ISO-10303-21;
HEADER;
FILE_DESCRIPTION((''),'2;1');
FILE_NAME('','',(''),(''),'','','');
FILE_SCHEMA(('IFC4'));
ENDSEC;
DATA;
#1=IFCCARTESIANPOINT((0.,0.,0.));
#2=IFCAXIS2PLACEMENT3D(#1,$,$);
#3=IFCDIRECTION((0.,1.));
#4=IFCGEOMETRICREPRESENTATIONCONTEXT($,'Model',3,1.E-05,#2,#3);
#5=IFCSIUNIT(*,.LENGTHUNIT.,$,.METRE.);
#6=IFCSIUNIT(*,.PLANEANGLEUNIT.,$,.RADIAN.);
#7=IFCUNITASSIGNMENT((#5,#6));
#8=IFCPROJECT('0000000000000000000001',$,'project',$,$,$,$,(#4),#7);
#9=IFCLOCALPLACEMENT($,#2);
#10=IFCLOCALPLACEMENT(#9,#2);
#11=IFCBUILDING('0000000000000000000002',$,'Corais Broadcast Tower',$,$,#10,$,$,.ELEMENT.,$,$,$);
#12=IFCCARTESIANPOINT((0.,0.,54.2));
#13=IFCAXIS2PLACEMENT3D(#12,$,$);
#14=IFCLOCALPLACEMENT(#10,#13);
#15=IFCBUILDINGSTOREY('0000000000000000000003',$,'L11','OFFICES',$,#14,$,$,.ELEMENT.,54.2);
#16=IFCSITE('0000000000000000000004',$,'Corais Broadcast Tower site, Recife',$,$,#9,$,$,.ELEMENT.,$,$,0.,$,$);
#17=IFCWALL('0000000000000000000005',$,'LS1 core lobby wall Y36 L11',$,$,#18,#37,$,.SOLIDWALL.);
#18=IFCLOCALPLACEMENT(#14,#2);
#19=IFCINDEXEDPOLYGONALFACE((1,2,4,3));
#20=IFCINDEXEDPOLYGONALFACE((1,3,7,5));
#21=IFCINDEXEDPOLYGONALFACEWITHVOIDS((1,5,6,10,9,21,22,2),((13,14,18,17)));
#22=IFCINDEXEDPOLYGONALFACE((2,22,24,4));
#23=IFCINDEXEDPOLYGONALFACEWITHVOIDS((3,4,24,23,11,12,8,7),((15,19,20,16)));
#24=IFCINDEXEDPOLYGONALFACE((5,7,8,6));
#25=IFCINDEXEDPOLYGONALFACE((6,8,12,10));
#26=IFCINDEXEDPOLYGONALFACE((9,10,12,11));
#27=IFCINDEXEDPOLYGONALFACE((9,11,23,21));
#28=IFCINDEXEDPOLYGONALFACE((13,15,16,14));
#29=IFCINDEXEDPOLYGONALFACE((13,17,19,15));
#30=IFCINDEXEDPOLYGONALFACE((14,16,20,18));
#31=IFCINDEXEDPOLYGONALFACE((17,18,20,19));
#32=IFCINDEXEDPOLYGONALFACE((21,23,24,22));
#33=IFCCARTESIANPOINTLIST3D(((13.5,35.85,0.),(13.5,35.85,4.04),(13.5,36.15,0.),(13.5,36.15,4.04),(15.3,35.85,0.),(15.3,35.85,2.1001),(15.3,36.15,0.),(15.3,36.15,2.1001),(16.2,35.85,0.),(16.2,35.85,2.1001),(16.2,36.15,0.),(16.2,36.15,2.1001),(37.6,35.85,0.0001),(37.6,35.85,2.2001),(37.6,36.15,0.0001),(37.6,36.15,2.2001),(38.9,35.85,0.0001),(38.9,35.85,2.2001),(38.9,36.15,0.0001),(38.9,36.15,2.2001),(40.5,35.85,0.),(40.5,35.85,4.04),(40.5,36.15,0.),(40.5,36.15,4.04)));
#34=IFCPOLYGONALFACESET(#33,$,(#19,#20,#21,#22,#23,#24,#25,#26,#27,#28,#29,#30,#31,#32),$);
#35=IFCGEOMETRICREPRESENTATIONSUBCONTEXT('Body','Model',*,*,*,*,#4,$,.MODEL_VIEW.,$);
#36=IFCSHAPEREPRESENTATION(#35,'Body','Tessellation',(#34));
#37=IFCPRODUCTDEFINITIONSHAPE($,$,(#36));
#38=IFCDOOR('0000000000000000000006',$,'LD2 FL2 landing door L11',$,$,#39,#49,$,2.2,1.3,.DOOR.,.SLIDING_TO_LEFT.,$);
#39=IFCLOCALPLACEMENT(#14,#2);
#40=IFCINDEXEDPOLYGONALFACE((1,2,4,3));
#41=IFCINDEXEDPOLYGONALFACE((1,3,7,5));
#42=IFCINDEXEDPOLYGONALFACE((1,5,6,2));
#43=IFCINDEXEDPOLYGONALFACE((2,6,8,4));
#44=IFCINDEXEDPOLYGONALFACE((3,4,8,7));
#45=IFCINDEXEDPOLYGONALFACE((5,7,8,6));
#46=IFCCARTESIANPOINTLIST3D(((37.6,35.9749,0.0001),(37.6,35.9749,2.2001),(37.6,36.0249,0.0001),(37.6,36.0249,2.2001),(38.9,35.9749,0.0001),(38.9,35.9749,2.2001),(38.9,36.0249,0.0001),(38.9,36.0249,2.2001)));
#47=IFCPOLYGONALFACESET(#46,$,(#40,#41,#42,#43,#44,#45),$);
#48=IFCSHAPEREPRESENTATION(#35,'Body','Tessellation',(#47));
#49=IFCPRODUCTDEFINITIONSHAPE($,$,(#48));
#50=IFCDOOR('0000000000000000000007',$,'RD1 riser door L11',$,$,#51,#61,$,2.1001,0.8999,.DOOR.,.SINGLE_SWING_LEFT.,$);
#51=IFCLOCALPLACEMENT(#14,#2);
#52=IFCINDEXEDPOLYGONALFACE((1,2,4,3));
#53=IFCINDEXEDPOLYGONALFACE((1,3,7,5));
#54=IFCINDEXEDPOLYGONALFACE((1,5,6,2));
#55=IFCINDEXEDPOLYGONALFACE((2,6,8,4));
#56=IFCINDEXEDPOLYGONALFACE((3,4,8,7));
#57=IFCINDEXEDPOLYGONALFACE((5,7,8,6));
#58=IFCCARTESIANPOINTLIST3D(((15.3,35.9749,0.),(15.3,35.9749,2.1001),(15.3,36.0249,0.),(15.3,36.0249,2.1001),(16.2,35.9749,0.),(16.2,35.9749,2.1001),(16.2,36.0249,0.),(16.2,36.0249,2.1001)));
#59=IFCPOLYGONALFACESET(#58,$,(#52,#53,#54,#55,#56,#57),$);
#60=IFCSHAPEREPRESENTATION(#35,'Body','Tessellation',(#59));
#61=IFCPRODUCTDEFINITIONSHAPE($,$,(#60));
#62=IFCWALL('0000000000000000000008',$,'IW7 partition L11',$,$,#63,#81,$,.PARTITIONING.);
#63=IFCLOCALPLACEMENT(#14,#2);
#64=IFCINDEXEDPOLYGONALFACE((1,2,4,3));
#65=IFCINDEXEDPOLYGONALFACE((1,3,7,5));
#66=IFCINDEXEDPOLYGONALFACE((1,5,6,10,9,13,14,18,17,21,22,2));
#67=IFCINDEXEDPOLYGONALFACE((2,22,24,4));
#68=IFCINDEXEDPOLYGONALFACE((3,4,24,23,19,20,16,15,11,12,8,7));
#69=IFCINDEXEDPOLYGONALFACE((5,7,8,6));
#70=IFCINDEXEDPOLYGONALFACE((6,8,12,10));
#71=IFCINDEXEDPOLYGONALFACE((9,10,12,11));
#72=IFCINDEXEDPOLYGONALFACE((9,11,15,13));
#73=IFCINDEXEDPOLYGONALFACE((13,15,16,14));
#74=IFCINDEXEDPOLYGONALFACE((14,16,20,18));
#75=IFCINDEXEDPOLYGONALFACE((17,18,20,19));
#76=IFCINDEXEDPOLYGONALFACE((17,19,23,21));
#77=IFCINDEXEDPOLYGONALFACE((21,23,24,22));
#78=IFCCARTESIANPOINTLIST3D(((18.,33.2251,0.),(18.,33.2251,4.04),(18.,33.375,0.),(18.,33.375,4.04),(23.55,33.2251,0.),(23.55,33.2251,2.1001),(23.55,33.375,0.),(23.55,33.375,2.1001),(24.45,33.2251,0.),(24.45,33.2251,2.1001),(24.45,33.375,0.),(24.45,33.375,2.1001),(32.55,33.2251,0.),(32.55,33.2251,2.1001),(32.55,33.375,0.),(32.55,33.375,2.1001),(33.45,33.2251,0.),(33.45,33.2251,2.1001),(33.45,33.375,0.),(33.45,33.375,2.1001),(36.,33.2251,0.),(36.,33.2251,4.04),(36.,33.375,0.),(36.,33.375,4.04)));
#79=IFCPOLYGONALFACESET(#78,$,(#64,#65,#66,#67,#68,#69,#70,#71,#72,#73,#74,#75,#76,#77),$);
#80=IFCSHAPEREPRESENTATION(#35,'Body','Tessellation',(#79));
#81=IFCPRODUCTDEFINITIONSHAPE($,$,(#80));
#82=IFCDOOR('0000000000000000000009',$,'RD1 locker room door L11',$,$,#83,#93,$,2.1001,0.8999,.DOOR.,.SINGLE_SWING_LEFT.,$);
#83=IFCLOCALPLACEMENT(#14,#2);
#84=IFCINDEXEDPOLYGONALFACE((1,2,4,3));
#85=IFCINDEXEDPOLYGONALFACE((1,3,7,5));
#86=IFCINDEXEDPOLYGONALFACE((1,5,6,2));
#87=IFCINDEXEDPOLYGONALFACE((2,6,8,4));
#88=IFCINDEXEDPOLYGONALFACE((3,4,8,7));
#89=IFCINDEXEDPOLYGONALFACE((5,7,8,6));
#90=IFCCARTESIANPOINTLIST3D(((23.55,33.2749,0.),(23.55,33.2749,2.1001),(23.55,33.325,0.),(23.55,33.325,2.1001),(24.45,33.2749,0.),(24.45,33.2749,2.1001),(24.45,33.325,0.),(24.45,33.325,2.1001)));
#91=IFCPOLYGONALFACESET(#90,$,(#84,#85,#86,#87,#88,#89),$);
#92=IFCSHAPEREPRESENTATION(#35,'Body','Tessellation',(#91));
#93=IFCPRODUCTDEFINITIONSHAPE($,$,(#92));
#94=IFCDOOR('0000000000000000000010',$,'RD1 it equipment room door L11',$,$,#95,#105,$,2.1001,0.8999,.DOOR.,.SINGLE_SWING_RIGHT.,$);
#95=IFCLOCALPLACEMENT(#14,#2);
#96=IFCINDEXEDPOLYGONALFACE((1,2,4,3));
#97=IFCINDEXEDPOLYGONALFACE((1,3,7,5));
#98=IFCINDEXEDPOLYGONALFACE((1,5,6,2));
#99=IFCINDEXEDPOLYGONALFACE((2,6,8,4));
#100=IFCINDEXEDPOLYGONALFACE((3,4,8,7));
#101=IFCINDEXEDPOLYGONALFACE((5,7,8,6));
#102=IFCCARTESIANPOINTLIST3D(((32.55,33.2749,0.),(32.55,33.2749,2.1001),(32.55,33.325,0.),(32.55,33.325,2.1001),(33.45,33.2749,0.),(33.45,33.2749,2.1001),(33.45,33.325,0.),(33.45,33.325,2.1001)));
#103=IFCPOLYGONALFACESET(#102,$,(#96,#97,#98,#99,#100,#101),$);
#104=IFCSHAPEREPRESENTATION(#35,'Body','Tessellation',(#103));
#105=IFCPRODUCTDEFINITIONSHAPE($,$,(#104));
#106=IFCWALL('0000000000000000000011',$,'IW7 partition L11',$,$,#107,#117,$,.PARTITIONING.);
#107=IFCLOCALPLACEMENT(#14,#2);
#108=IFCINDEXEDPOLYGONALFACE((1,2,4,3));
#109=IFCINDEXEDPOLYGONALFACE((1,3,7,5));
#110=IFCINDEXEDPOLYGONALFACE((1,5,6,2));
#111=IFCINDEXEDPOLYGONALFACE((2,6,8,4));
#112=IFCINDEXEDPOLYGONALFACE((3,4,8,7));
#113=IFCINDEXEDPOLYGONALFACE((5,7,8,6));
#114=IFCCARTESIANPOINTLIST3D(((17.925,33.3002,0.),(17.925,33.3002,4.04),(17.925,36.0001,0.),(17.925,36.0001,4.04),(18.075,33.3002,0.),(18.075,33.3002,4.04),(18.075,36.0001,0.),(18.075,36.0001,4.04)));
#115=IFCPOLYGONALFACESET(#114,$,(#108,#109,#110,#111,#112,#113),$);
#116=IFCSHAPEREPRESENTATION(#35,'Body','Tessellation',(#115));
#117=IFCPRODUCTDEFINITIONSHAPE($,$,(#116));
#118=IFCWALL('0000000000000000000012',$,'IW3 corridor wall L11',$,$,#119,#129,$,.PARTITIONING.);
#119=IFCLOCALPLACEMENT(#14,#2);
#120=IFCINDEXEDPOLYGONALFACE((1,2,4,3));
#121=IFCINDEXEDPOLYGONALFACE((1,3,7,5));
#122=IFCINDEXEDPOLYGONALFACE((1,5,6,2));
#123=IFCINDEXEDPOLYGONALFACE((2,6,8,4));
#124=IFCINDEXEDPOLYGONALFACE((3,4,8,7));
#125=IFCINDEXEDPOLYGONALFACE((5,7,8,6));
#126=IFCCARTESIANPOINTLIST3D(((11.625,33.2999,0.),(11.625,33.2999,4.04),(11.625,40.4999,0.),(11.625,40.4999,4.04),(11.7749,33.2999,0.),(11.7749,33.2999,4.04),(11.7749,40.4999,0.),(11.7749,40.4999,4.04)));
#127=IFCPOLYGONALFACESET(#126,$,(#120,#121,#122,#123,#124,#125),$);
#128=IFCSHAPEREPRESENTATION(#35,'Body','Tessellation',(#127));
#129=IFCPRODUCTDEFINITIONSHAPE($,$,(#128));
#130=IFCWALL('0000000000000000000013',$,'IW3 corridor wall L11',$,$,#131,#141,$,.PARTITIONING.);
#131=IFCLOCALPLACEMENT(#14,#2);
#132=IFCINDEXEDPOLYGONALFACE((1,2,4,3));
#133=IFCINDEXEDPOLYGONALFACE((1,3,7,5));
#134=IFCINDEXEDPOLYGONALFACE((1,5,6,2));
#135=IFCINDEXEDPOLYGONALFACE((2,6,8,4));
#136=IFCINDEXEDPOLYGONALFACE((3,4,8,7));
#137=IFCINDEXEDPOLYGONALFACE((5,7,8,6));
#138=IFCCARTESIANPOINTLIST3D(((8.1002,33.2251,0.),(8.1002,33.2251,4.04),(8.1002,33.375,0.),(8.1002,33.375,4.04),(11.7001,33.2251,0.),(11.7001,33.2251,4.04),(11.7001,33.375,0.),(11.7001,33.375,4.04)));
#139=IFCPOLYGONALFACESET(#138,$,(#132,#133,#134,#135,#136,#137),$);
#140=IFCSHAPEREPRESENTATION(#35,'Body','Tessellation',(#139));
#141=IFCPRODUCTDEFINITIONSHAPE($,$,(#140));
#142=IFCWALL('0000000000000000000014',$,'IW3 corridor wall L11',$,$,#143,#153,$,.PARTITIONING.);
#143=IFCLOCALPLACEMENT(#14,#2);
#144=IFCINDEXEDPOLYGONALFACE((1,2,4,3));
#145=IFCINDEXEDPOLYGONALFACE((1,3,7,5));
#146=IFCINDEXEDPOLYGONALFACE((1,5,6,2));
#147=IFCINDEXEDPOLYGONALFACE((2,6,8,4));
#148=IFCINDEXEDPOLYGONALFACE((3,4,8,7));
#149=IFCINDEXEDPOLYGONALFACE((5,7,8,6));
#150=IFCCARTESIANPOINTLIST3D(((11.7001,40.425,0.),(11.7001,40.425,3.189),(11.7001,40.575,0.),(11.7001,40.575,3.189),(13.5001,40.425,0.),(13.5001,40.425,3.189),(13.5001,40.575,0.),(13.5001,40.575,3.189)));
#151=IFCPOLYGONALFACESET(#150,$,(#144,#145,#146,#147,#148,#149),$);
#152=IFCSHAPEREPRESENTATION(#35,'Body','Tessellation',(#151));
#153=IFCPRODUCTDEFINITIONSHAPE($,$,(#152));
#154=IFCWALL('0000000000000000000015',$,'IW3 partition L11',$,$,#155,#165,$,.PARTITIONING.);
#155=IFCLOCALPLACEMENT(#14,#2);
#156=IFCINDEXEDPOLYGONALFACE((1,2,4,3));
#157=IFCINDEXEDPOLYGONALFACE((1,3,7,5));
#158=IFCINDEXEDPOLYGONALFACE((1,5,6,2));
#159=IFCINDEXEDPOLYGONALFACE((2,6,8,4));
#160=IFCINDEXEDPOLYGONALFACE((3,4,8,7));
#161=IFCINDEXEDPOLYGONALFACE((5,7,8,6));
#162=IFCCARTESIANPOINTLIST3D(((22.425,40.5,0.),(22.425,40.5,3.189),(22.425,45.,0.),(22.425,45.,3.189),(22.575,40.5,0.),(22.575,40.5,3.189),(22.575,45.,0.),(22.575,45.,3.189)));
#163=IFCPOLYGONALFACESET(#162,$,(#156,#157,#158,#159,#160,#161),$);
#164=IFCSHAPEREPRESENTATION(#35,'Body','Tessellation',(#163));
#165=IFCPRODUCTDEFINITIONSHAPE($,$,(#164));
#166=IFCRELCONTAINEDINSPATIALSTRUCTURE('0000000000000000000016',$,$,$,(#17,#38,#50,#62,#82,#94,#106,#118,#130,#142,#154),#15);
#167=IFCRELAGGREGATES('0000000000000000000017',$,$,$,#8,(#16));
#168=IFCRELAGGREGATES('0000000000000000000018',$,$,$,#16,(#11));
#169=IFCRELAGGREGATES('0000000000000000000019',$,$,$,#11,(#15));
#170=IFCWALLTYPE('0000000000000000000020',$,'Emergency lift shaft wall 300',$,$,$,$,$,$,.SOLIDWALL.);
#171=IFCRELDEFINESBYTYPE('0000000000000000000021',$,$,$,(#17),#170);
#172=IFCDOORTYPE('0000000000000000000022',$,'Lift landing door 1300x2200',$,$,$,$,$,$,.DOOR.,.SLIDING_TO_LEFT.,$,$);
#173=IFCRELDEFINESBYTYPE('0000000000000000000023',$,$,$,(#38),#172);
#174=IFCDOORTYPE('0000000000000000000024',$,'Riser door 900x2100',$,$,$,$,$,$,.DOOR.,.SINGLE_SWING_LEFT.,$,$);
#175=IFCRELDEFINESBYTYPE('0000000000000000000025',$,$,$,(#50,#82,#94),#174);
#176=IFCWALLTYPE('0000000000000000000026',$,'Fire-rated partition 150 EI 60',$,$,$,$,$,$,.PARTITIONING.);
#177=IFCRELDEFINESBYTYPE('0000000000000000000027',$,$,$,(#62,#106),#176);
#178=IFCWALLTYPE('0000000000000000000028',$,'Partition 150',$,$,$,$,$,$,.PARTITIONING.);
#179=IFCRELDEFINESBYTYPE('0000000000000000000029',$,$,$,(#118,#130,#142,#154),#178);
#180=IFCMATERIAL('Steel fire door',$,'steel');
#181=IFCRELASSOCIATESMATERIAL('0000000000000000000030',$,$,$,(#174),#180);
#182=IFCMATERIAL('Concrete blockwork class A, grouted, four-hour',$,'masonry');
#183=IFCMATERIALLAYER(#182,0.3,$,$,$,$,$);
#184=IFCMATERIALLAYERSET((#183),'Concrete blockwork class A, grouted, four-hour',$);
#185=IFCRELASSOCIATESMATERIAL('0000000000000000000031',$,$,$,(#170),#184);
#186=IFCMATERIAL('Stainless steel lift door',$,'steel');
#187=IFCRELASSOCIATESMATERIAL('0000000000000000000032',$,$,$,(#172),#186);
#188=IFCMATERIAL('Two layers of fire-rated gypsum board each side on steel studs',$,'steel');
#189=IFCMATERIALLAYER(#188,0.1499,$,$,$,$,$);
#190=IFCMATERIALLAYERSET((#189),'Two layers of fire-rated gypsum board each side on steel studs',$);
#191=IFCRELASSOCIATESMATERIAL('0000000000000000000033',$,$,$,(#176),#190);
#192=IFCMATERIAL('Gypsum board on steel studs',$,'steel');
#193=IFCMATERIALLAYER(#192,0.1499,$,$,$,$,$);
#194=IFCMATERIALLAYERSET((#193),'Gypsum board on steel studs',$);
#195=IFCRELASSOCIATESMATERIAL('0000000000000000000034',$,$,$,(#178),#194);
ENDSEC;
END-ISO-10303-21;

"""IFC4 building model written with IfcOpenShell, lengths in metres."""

from ifc_helpers import new_model, si_unit, direction, frame, frame_2d, origin, place, context, subcontext, project, spatial, rectangle, extrude, material, layer, layer_set, type_object, element, fill, save


model = new_model("IFC4")

# Units and contexts
model_context = context("Model", 3, precision=1e-05, world=origin(), true_north=direction((0.0, 1.0)))
body_context = subcontext(model_context, "Body", "Model", "MODEL_VIEW")
ifc_project = project(units=[si_unit("LENGTHUNIT", "METRE"), si_unit("PLANEANGLEUNIT", "RADIAN")], contexts=[model_context])

# Site, building, storey
site_placement = place(None, origin())
site = spatial("IfcSite", under=ifc_project, at=site_placement, Name="Corais Broadcast Tower site, Recife", CompositionType="ELEMENT", RefElevation=0.0)
building_placement = place(site_placement, origin())
building = spatial("IfcBuilding", under=site, at=building_placement, Name="Corais Broadcast Tower", CompositionType="ELEMENT")
storey_placement = place(building_placement, frame((0.0, 0.0, 54.2)))
storey = spatial("IfcBuildingStorey", under=building, at=storey_placement, Name="L11", Description="OFFICES", CompositionType="ELEMENT", Elevation=54.2)

# Walls, openings, doors
ifc_material_1 = material(Name="Steel fire door", Category="steel")
door_type_1 = type_object("IfcDoorType", Name="Riser door 900x2100", OperationType="SINGLE_SWING_LEFT", PredefinedType="DOOR", material=ifc_material_1)
ifc_material_2 = material(Name="Concrete blockwork class A, grouted, four-hour", Category="masonry")
ifc_layer_1 = layer(ifc_material_2, 0.3)
ifc_layer_set_1 = layer_set([ifc_layer_1], Name="Concrete blockwork class A, grouted, four-hour")
wall_type_1 = type_object("IfcWallType", Name="Emergency lift shaft wall 300", PredefinedType="SOLIDWALL", material=ifc_layer_set_1)
wall_1_placement = place(storey_placement, frame((13.5, 36.0, 0.0), z_axis=(0.0, 0.0, 1.0), x_axis=(1.0, 0.0, 0.0)))
wall_1 = element("IfcWall", 1, at=wall_1_placement, inside=storey, type_object=wall_type_1, Name="LS1 core lobby wall Y36 L11", PredefinedType="SOLIDWALL", context=body_context, shape_type="SweptSolid", body=[
    extrude(rectangle(XDim=27.0, YDim=0.3, at=frame_2d((13.5, 0.0))), origin(), (0.0, 0.0, 1.0), 4.04),
])
opening_1_placement = place(wall_1_placement, frame((1.8, 0.0, 0.0)))
opening_1 = element("IfcOpeningElement", 2, at=opening_1_placement, cuts=wall_1, PredefinedType="OPENING", context=body_context, shape_type="SweptSolid", body=[
    extrude(rectangle(XDim=0.8999, YDim=2.1001, at=frame_2d((0.45, 1.05))), frame((0.0, 0.1599, 0.0), z_axis=(0.0, -1.0, 0.0), x_axis=(1.0, 0.0, 0.0)), (0.0, 0.0, 1.0), 0.3201),
])
opening_2_placement = place(wall_1_placement, frame((24.1001, 0.0, 0.0)))
opening_2 = element("IfcOpeningElement", 3, at=opening_2_placement, cuts=wall_1, PredefinedType="OPENING", context=body_context, shape_type="SweptSolid", body=[
    extrude(rectangle(XDim=1.3, YDim=2.2, at=frame_2d((0.6499, 1.1001))), frame((0.0, 0.1599, 0.0), z_axis=(0.0, -1.0, 0.0), x_axis=(1.0, 0.0, 0.0)), (0.0, 0.0, 1.0), 0.3201),
])
ifc_material_3 = material(Name="Stainless steel lift door", Category="steel")
door_type_2 = type_object("IfcDoorType", Name="Lift landing door 1300x2200", OperationType="SLIDING_TO_LEFT", PredefinedType="DOOR", material=ifc_material_3)
door_1_placement = place(opening_2_placement, origin())
door_1 = element("IfcDoor", 4, at=door_1_placement, inside=storey, type_object=door_type_2, Name="LD2 FL2 landing door L11", OperationType="SLIDING_TO_LEFT", OverallHeight=2.2, OverallWidth=1.3, PredefinedType="DOOR", context=body_context, shape_type="SweptSolid", body=[
    extrude(rectangle(XDim=1.3, YDim=2.2, at=frame_2d((0.6499, 1.1001))), frame((0.0, 0.0249, 0.0), z_axis=(0.0, -1.0, 0.0), x_axis=(1.0, 0.0, 0.0)), (0.0, 0.0, 1.0), 0.05),
])
fill(opening_2, door_1)
door_2_placement = place(opening_1_placement, origin())
door_2 = element("IfcDoor", 5, at=door_2_placement, inside=storey, type_object=door_type_1, Name="RD1 riser door L11", OperationType="SINGLE_SWING_LEFT", OverallHeight=2.1001, OverallWidth=0.8999, PredefinedType="DOOR", context=body_context, shape_type="SweptSolid", body=[
    extrude(rectangle(XDim=0.8999, YDim=2.1001, at=frame_2d((0.45, 1.05))), frame((0.0, 0.0249, 0.0), z_axis=(0.0, -1.0, 0.0), x_axis=(1.0, 0.0, 0.0)), (0.0, 0.0, 1.0), 0.05),
])
fill(opening_1, door_2)
ifc_material_4 = material(Name="Two layers of fire-rated gypsum board each side on steel studs", Category="steel")
ifc_layer_2 = layer(ifc_material_4, 0.1499)
ifc_layer_set_2 = layer_set([ifc_layer_2], Name="Two layers of fire-rated gypsum board each side on steel studs")
wall_type_2 = type_object("IfcWallType", Name="Fire-rated partition 150 EI 60", PredefinedType="PARTITIONING", material=ifc_layer_set_2)
wall_2_placement = place(storey_placement, frame((18.0, 33.3, 0.0), z_axis=(0.0, 0.0, 1.0), x_axis=(1.0, 0.0, 0.0)))
wall_2 = element("IfcWall", 6, at=wall_2_placement, inside=storey, type_object=wall_type_2, Name="IW7 partition L11", PredefinedType="PARTITIONING", context=body_context, shape_type="SweptSolid", body=[
    extrude(rectangle(XDim=18.0, YDim=0.1499, at=frame_2d((9.0, 0.0))), origin(), (0.0, 0.0, 1.0), 4.04),
])
opening_3_placement = place(wall_2_placement, frame((5.55, 0.0, 0.0)))
opening_3 = element("IfcOpeningElement", 7, at=opening_3_placement, cuts=wall_2, PredefinedType="OPENING", context=body_context, shape_type="SweptSolid", body=[
    extrude(rectangle(XDim=0.8999, YDim=2.1001, at=frame_2d((0.45, 1.05))), frame((0.0, 0.085, 0.0), z_axis=(0.0, -1.0, 0.0), x_axis=(1.0, 0.0, 0.0)), (0.0, 0.0, 1.0), 0.1699),
])
opening_4_placement = place(wall_2_placement, frame((14.55, 0.0, 0.0)))
opening_4 = element("IfcOpeningElement", 8, at=opening_4_placement, cuts=wall_2, PredefinedType="OPENING", context=body_context, shape_type="SweptSolid", body=[
    extrude(rectangle(XDim=0.8999, YDim=2.1001, at=frame_2d((0.45, 1.05))), frame((0.0, 0.085, 0.0), z_axis=(0.0, -1.0, 0.0), x_axis=(1.0, 0.0, 0.0)), (0.0, 0.0, 1.0), 0.1699),
])
door_3_placement = place(opening_3_placement, origin())
door_3 = element("IfcDoor", 9, at=door_3_placement, inside=storey, type_object=door_type_1, Name="RD1 locker room door L11", OperationType="SINGLE_SWING_LEFT", OverallHeight=2.1001, OverallWidth=0.8999, PredefinedType="DOOR", context=body_context, shape_type="SweptSolid", body=[
    extrude(rectangle(XDim=0.8999, YDim=2.1001, at=frame_2d((0.45, 1.05))), frame((0.0, 0.0249, 0.0), z_axis=(0.0, -1.0, 0.0), x_axis=(1.0, 0.0, 0.0)), (0.0, 0.0, 1.0), 0.05),
])
fill(opening_3, door_3)
door_4_placement = place(opening_4_placement, origin())
door_4 = element("IfcDoor", 10, at=door_4_placement, inside=storey, type_object=door_type_1, Name="RD1 it equipment room door L11", OperationType="SINGLE_SWING_RIGHT", OverallHeight=2.1001, OverallWidth=0.8999, PredefinedType="DOOR", context=body_context, shape_type="SweptSolid", body=[
    extrude(rectangle(XDim=0.8999, YDim=2.1001, at=frame_2d((0.45, 1.05))), frame((0.0, 0.0249, 0.0), z_axis=(0.0, -1.0, 0.0), x_axis=(1.0, 0.0, 0.0)), (0.0, 0.0, 1.0), 0.05),
])
fill(opening_4, door_4)

# Walls
wall_3_placement = place(storey_placement, frame((18.0, 33.3, 0.0), z_axis=(0.0, 0.0, 1.0), x_axis=(0.0, 1.0, 0.0)))
element("IfcWall", 11, at=wall_3_placement, inside=storey, type_object=wall_type_2, Name="IW7 partition L11", PredefinedType="PARTITIONING", context=body_context, shape_type="SweptSolid", body=[
    extrude(rectangle(XDim=2.7, YDim=0.1499, at=frame_2d((1.3501, 0.0))), origin(), (0.0, 0.0, 1.0), 4.04),
])
ifc_material_5 = material(Name="Gypsum board on steel studs", Category="steel")
ifc_layer_3 = layer(ifc_material_5, 0.1499)
ifc_layer_set_3 = layer_set([ifc_layer_3], Name="Gypsum board on steel studs")
wall_type_3 = type_object("IfcWallType", Name="Partition 150", PredefinedType="PARTITIONING", material=ifc_layer_set_3)
wall_4_placement = place(storey_placement, frame((11.7, 40.5, 0.0), z_axis=(0.0, 0.0, 1.0), x_axis=(0.0, -1.0, 0.0)))
element("IfcWall", 12, at=wall_4_placement, inside=storey, type_object=wall_type_3, Name="IW3 corridor wall L11", PredefinedType="PARTITIONING", context=body_context, shape_type="SweptSolid", body=[
    extrude(rectangle(XDim=7.2, YDim=0.1499, at=frame_2d((3.6001, 0.0))), origin(), (0.0, 0.0, 1.0), 4.04),
])
wall_5_placement = place(storey_placement, frame((11.7, 33.3, 0.0), z_axis=(0.0, 0.0, 1.0), x_axis=(-1.0, 0.0, 0.0)))
element("IfcWall", 13, at=wall_5_placement, inside=storey, type_object=wall_type_3, Name="IW3 corridor wall L11", PredefinedType="PARTITIONING", context=body_context, shape_type="SweptSolid", body=[
    extrude(rectangle(XDim=3.5999, YDim=0.1499, at=frame_2d((1.7998, 0.0))), origin(), (0.0, 0.0, 1.0), 4.04),
])
wall_6_placement = place(storey_placement, frame((13.5, 40.5, 0.0), z_axis=(0.0, 0.0, 1.0), x_axis=(-1.0, 0.0, 0.0)))
element("IfcWall", 14, at=wall_6_placement, inside=storey, type_object=wall_type_3, Name="IW3 corridor wall L11", PredefinedType="PARTITIONING", context=body_context, shape_type="SweptSolid", body=[
    extrude(rectangle(XDim=1.8, YDim=0.1499, at=frame_2d((0.8999, 0.0))), origin(), (0.0, 0.0, 1.0), 3.189),
])
wall_7_placement = place(storey_placement, frame((22.5, 40.5, 0.0), z_axis=(0.0, 0.0, 1.0), x_axis=(0.0, 1.0, 0.0)))
element("IfcWall", 15, at=wall_7_placement, inside=storey, type_object=wall_type_3, Name="IW3 partition L11", PredefinedType="PARTITIONING", context=body_context, shape_type="SweptSolid", body=[
    extrude(rectangle(XDim=4.5, YDim=0.1499, at=frame_2d((2.25, 0.0))), origin(), (0.0, 0.0, 1.0), 3.189),
])

save(model, "model.ifc")
